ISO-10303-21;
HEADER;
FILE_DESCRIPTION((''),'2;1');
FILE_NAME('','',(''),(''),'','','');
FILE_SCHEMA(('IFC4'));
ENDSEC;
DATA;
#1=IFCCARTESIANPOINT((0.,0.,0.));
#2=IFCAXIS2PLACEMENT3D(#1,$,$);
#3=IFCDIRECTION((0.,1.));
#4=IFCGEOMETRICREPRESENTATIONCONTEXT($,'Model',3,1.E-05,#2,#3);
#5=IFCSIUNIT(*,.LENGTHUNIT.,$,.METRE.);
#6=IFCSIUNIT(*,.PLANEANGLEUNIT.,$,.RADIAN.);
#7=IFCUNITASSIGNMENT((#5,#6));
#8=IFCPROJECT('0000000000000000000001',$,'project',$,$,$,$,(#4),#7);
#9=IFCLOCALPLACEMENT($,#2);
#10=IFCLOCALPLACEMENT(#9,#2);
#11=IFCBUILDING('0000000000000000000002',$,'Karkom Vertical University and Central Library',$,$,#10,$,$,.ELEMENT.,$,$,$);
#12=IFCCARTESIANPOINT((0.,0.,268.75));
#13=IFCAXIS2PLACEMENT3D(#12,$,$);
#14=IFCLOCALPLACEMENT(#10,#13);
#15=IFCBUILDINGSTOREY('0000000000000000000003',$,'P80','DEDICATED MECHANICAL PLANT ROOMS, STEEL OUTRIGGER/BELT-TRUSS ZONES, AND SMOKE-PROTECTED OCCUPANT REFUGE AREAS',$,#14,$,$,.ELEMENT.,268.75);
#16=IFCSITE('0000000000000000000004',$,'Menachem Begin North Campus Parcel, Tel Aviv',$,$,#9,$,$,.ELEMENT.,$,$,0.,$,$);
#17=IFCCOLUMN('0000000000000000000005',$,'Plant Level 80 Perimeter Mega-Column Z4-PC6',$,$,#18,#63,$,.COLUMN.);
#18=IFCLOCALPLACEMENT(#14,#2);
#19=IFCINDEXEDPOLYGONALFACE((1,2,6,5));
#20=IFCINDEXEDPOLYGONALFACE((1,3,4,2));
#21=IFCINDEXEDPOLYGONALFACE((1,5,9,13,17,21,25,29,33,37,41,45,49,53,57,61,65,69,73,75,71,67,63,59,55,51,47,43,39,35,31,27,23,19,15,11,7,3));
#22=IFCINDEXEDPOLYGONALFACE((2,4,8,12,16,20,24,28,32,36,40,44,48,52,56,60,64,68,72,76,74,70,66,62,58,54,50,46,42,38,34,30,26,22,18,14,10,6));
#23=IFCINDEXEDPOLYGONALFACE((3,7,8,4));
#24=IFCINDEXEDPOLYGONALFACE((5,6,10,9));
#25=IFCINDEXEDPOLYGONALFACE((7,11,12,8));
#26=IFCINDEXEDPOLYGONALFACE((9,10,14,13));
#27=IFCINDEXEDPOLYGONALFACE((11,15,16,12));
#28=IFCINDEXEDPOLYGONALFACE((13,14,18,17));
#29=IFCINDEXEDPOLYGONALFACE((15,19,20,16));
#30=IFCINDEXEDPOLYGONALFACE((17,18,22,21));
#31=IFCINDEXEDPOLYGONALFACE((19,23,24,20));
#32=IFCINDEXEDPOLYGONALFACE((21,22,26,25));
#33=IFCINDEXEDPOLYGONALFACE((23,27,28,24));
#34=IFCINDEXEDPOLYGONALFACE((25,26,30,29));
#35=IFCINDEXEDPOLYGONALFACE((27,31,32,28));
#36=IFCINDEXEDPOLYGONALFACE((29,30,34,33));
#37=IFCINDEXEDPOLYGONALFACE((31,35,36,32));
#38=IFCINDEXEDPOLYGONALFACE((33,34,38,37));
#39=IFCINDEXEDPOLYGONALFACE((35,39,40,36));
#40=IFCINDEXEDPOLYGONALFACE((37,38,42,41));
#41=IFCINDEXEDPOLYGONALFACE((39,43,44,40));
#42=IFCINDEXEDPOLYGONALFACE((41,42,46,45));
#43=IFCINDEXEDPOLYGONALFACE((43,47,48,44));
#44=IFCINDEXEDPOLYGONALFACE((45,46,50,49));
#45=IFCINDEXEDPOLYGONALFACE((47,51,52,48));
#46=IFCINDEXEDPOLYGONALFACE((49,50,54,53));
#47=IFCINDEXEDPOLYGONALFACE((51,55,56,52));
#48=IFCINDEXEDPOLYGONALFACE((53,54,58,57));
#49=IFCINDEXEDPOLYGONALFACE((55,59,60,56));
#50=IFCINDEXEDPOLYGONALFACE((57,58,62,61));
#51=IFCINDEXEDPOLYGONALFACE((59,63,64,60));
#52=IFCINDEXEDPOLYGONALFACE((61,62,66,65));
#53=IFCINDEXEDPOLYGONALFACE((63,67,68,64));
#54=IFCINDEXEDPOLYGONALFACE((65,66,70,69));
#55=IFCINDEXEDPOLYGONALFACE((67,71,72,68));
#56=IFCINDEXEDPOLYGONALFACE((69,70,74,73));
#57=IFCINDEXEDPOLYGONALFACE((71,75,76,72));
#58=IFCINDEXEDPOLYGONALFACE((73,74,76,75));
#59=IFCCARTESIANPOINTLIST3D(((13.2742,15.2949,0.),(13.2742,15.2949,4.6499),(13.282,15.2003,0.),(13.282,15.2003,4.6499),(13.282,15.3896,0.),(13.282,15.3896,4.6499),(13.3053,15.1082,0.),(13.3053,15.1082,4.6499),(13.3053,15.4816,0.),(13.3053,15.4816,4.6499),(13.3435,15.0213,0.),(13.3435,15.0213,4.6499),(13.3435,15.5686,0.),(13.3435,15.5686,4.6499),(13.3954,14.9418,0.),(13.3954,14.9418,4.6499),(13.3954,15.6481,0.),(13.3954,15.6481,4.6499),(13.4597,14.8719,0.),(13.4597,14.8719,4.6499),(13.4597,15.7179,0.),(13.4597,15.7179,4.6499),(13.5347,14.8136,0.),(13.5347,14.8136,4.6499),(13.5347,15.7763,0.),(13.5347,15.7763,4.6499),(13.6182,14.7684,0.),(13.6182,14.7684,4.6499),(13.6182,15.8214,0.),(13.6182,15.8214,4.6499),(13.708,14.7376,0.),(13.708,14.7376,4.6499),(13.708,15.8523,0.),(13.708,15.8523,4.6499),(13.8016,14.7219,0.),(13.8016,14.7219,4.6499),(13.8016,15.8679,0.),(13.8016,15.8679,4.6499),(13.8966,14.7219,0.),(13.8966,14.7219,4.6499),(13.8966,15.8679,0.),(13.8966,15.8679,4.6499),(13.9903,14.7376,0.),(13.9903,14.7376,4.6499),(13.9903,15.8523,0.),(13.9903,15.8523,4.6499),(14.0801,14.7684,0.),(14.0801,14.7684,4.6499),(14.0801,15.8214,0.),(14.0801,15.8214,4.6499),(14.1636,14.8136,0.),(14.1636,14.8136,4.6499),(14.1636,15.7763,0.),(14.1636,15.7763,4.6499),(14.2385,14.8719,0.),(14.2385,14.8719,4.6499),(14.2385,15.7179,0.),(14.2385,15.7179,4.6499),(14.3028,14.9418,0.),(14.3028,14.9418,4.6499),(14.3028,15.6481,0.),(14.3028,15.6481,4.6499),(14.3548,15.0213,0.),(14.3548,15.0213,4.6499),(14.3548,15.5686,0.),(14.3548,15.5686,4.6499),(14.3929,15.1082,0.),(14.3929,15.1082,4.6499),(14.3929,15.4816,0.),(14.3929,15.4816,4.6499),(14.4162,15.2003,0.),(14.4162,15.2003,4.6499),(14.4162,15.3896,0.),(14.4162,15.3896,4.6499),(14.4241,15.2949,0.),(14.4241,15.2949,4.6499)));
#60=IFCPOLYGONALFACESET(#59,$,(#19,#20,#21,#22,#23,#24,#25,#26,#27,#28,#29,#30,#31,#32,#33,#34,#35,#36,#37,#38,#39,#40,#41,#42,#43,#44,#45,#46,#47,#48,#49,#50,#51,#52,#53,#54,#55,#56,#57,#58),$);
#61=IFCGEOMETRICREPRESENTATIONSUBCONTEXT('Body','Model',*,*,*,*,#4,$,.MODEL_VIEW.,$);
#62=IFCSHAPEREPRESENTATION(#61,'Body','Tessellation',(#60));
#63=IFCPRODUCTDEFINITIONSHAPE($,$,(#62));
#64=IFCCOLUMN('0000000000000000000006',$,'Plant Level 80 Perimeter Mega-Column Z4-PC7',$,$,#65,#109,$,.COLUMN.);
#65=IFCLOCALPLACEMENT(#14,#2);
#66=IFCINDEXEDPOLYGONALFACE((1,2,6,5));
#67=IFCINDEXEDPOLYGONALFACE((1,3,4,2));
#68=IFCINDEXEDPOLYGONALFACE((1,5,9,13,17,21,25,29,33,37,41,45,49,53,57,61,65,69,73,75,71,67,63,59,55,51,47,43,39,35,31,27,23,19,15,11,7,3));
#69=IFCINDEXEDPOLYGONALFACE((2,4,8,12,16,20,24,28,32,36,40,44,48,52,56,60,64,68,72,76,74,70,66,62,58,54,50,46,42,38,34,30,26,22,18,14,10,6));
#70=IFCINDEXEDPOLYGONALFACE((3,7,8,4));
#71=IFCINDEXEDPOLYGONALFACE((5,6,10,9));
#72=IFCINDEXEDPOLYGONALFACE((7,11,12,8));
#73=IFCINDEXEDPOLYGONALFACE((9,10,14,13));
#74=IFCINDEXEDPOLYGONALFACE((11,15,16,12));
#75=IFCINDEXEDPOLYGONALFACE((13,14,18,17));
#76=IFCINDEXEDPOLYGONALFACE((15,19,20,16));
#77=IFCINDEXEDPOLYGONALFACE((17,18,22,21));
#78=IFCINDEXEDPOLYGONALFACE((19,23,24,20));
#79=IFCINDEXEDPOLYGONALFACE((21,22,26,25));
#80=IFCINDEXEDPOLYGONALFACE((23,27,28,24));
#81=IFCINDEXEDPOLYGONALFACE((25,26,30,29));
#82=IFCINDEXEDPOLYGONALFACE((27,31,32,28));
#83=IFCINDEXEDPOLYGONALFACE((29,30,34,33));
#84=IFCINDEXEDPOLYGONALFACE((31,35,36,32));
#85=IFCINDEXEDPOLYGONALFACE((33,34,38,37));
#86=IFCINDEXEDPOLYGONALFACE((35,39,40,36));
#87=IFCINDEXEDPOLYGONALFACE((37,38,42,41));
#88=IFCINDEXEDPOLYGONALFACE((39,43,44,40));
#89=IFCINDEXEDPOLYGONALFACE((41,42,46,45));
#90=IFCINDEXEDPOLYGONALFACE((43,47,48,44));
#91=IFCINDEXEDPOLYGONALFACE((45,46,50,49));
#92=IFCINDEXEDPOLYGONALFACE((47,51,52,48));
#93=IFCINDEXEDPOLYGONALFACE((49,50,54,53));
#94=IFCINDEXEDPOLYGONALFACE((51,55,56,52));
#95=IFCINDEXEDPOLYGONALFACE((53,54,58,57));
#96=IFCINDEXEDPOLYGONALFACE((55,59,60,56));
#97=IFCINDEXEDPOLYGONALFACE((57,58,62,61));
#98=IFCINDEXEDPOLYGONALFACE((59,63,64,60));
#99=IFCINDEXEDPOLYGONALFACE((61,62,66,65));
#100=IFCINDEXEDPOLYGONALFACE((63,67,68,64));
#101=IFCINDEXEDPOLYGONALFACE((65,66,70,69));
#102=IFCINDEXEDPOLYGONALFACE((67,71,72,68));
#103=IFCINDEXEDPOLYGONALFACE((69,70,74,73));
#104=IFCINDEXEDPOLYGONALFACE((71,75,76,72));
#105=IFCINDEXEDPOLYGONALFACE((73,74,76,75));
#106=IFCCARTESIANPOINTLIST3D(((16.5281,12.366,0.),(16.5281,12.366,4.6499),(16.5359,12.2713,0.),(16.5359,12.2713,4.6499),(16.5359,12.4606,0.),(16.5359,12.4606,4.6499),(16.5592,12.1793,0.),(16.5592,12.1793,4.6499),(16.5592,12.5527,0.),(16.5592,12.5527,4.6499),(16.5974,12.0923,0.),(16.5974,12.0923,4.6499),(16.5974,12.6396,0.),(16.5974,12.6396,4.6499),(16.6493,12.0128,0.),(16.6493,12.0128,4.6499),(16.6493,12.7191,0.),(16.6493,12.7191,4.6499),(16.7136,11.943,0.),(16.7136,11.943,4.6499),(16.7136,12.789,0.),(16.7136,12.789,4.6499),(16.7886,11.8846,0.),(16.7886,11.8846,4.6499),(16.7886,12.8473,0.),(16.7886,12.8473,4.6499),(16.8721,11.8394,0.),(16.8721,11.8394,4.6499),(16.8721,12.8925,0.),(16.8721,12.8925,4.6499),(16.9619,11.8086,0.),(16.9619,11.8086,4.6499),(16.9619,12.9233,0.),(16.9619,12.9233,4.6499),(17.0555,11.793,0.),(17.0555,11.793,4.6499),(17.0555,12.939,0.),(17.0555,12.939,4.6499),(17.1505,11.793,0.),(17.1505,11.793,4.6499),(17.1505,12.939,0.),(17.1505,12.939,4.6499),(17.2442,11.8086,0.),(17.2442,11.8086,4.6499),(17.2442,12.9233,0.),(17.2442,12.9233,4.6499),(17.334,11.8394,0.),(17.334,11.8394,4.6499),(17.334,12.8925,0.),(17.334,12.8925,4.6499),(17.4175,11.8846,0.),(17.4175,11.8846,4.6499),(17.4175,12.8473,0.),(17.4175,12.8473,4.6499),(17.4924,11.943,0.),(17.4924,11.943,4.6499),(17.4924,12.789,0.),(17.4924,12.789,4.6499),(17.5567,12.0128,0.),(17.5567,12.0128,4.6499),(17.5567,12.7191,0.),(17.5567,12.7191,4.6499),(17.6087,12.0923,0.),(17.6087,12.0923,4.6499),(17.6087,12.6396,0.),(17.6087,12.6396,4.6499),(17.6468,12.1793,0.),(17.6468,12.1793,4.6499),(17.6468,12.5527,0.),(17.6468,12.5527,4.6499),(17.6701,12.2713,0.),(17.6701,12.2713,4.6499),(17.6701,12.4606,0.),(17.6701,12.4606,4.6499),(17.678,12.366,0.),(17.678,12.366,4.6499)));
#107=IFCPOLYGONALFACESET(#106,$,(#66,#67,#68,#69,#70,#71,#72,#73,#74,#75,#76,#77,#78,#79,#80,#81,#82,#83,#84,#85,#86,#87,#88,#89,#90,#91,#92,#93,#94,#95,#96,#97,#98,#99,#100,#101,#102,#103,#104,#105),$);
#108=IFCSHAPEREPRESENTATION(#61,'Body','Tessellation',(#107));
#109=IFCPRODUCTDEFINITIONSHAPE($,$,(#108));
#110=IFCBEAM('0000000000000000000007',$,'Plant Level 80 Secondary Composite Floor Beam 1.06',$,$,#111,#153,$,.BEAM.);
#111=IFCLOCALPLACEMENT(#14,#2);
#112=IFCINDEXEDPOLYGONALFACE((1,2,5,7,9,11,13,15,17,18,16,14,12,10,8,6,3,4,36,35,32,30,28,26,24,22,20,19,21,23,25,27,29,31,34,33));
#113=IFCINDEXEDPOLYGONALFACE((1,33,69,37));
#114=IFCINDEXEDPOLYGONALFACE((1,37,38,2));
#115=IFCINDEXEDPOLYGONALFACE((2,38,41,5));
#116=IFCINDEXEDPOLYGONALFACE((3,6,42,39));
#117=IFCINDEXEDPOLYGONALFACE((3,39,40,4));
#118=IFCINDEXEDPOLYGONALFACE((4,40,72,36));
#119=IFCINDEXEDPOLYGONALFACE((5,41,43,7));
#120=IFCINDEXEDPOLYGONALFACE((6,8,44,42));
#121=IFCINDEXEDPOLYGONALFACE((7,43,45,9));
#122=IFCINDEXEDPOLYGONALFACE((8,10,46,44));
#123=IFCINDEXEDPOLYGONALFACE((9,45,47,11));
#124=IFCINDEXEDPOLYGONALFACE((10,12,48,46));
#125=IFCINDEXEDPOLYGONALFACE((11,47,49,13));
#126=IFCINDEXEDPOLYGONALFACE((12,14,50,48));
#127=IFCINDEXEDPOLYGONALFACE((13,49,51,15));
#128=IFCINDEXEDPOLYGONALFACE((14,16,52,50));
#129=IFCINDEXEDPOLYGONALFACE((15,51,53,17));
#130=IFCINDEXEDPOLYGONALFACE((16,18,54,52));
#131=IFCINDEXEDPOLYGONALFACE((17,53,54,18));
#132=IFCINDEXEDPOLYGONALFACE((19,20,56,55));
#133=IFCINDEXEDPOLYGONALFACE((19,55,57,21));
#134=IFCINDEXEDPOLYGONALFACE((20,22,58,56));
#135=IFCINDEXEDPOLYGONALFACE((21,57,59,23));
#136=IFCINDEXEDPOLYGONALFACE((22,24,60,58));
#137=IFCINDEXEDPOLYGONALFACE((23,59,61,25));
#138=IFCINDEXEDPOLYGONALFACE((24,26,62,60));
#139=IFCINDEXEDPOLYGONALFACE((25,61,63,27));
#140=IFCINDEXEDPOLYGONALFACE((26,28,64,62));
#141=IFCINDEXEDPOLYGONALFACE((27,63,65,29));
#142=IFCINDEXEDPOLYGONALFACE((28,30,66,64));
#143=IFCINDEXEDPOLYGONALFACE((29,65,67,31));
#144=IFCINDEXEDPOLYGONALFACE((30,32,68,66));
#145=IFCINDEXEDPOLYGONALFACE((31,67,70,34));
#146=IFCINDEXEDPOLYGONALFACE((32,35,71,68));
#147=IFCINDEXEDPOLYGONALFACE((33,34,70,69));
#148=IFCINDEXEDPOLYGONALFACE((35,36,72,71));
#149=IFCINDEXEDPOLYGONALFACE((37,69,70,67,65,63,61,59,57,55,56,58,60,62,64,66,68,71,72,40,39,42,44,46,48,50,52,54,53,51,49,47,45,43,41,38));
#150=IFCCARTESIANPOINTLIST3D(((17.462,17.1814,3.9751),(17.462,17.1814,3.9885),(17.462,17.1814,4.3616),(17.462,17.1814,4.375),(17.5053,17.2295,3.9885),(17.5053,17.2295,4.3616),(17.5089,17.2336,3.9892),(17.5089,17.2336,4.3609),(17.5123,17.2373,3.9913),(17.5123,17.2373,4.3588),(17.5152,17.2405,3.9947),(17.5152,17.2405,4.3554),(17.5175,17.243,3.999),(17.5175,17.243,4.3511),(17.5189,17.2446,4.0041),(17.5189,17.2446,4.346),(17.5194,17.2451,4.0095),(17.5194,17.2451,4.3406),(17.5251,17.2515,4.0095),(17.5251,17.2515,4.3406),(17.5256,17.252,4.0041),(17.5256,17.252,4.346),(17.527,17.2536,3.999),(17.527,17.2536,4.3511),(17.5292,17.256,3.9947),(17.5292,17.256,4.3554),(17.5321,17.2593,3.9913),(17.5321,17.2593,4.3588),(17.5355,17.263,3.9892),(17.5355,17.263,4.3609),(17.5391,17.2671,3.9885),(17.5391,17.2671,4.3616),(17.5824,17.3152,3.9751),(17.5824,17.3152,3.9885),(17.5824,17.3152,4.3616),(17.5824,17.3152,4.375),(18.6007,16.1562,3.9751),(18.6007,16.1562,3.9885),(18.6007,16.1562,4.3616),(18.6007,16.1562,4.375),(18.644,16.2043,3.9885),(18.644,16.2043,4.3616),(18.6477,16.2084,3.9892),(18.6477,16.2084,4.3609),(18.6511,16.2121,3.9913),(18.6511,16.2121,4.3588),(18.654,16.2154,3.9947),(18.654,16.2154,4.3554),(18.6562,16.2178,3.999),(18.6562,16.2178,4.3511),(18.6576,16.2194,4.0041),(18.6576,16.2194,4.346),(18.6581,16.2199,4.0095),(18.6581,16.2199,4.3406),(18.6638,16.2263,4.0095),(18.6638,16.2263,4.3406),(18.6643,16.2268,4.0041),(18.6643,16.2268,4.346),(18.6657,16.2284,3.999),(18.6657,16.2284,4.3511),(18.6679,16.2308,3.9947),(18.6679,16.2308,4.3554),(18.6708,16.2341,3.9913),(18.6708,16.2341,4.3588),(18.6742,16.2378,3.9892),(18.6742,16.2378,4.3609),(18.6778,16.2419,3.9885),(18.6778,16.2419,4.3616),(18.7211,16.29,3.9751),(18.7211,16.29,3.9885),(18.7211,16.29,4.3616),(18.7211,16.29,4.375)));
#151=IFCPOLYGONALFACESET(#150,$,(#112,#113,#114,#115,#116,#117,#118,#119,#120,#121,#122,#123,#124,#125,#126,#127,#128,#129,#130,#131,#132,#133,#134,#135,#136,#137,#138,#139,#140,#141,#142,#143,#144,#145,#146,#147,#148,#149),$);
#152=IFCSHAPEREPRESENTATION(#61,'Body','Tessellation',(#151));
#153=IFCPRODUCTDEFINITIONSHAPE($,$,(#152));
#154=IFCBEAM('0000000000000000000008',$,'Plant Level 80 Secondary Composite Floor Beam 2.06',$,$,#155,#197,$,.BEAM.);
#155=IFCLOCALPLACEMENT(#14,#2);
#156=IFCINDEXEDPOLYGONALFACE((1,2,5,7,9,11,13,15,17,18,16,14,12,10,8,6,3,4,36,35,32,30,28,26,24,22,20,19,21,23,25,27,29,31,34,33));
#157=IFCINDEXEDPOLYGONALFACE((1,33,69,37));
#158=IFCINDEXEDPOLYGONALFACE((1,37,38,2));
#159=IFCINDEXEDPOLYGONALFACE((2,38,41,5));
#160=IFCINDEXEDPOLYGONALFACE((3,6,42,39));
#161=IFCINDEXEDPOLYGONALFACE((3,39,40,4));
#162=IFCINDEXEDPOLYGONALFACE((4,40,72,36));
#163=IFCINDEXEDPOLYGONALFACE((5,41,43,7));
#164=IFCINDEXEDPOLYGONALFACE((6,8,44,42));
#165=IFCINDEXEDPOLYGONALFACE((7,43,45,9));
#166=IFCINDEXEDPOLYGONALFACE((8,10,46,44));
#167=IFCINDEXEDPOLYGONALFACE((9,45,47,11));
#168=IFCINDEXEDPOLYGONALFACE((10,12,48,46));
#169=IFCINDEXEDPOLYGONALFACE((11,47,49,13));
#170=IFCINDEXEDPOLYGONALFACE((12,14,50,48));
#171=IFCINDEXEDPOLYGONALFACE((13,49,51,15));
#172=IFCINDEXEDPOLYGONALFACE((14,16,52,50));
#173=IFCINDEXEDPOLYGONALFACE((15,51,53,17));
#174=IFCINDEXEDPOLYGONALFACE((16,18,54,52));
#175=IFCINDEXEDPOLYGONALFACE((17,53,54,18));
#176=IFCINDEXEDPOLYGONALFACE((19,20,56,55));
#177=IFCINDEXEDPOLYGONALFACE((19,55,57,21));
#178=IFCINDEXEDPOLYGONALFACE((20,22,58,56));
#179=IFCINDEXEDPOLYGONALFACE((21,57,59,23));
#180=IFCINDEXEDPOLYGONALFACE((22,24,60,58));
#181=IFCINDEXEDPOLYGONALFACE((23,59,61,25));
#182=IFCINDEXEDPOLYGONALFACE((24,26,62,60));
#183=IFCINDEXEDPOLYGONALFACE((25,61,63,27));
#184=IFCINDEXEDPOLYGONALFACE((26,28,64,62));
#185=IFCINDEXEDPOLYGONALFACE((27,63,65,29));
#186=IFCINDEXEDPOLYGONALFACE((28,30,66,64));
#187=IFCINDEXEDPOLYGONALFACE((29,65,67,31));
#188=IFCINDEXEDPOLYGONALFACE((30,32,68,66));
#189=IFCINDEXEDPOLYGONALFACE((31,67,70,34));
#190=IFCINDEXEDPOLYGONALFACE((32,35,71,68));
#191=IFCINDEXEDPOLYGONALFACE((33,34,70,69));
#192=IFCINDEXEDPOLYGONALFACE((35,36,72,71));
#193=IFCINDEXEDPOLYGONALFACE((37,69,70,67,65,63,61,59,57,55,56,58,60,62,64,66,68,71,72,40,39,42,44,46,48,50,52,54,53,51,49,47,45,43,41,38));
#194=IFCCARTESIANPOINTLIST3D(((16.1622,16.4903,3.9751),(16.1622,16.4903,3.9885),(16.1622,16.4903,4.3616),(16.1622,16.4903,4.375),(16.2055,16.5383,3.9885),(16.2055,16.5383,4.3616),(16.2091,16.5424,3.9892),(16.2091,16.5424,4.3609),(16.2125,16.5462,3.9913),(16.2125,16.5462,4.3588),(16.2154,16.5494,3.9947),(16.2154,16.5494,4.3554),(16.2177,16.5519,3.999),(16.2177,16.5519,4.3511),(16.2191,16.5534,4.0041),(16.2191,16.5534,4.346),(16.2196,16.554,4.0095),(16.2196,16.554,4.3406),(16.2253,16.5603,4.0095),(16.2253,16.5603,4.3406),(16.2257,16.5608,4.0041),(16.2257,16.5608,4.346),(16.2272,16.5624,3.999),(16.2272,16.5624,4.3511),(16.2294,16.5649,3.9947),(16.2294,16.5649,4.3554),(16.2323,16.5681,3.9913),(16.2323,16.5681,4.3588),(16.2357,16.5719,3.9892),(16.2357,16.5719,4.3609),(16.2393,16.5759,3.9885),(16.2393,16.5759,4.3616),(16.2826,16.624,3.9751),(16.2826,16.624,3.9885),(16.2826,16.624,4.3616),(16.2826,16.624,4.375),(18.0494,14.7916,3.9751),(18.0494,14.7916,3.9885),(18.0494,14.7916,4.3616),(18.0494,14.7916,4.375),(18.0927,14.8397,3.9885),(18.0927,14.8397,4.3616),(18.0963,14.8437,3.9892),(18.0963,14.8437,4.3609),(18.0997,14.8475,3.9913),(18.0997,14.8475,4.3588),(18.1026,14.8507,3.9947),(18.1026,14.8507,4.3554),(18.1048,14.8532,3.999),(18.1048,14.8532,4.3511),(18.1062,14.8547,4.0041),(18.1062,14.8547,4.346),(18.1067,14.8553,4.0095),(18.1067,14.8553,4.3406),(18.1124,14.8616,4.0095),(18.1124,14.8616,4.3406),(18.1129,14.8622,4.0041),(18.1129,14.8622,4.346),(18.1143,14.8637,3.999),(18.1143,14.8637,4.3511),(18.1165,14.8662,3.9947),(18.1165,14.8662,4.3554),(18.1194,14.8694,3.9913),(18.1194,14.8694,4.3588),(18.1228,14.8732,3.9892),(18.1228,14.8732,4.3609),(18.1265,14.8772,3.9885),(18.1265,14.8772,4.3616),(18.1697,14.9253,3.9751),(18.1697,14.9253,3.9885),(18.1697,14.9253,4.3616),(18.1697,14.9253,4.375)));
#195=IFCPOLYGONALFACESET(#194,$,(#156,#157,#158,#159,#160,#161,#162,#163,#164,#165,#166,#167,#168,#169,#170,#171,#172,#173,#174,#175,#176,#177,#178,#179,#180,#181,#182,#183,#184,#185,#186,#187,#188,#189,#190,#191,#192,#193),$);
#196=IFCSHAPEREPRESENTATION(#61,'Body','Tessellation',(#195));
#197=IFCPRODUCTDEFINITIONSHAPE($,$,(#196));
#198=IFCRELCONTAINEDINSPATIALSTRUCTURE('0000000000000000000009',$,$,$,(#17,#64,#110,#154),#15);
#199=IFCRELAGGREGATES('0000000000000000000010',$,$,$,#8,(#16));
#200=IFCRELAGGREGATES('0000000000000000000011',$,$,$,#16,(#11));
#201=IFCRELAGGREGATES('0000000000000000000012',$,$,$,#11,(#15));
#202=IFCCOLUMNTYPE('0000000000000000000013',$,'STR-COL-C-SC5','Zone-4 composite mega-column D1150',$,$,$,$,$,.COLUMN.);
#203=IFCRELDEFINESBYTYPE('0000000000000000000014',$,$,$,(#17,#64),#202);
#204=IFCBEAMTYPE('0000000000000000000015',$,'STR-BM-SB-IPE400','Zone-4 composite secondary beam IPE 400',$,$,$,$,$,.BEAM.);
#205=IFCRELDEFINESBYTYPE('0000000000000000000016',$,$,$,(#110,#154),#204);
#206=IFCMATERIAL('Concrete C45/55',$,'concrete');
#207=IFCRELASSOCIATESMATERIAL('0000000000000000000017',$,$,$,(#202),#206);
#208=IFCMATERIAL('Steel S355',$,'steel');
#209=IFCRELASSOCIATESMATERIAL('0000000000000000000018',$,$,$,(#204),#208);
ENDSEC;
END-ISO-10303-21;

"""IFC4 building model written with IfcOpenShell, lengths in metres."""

from ifc_helpers import new_model, si_unit, direction, frame, origin, origin_with_axes, origin_2d, place, context, subcontext, project, spatial, circle, i_section, extrude, source, transform, mapped, material, material_profile, profile_set, type_object, element, save


model = new_model("IFC4")

# Units and contexts
model_context = context("Model", 3, precision=1e-05, world=origin(), true_north=direction((0.0, 1.0)))
body_context = subcontext(model_context, "Body", "Model", "MODEL_VIEW")
ifc_project = project(units=[si_unit("LENGTHUNIT", "METRE"), si_unit("PLANEANGLEUNIT", "RADIAN")], contexts=[model_context])

# Site, building, storey
site_placement = place(None, origin())
site = spatial("IfcSite", under=ifc_project, at=site_placement, Name="Menachem Begin North Campus Parcel, Tel Aviv", CompositionType="ELEMENT", RefElevation=0.0)
building_placement = place(site_placement, origin())
building = spatial("IfcBuilding", under=site, at=building_placement, Name="Karkom Vertical University and Central Library", CompositionType="ELEMENT")
storey_placement = place(building_placement, frame((0.0, 0.0, 268.75)))
storey = spatial("IfcBuildingStorey", under=building, at=storey_placement, Name="P80", Description="DEDICATED MECHANICAL PLANT ROOMS, STEEL OUTRIGGER/BELT-TRUSS ZONES, AND SMOKE-PROTECTED OCCUPANT REFUGE AREAS", CompositionType="ELEMENT", Elevation=268.75)

# Columns
ifc_material_1 = material(Name="Concrete C45/55", Category="concrete")
ifc_material_profile_1 = material_profile(ifc_material_1, circle(Radius=0.575, at=origin_2d()), Name="CFT-D1150")
ifc_profile_set_1 = profile_set([ifc_material_profile_1], Name="Concrete C45/55")
column_type = type_object("IfcColumnType", Name="STR-COL-C-SC5", Description="Zone-4 composite mega-column D1150", PredefinedType="COLUMN", material=ifc_profile_set_1)
shared_shape_1 = source(origin_with_axes(), body_context, "Body", "SweptSolid", [
    extrude(circle(Radius=0.575, at=origin_2d()), origin(), (0.0, 0.0, 1.0), 4.6499),
])
for number, where, z_axis, x_axis, name in (
    (1, (13.8491, 15.2949, 0.0), (0.0, 0.0, 1.0), (1.0, 0.0, 0.0), "Plant Level 80 Perimeter Mega-Column Z4-PC6"),
    (2, (17.103, 12.366, 0.0), (0.0, 0.0, 1.0), (1.0, 0.0, 0.0), "Plant Level 80 Perimeter Mega-Column Z4-PC7"),
):
    element("IfcColumn", number, at=place(storey_placement, frame(where, z_axis=z_axis, x_axis=x_axis)), inside=storey, type_object=column_type, Name=name, PredefinedType="COLUMN", context=body_context, shape_type="MappedRepresentation", body=[
        mapped(shared_shape_1, transform((0.0, 0.0, 0.0), scale=1.0)),
    ])

# Beams
ifc_material_2 = material(Name="Steel S355", Category="steel")
ifc_material_profile_2 = material_profile(ifc_material_2, i_section(OverallWidth=0.1799, OverallDepth=0.3999, WebThickness=0.0085, FlangeThickness=0.0134, FilletRadius=0.021, at=origin_2d()), Name="IPE 400")
ifc_profile_set_2 = profile_set([ifc_material_profile_2], Name="Steel S355")
beam_type_1 = type_object("IfcBeamType", Name="STR-BM-SB-IPE400", Description="Zone-4 composite secondary beam IPE 400", PredefinedType="BEAM", material=ifc_profile_set_2)
shared_shape_2 = source(origin_with_axes(), body_context, "Body", "SweptSolid", [
    extrude(i_section(OverallWidth=0.1799, OverallDepth=0.3999, WebThickness=0.0085, FlangeThickness=0.0134, FilletRadius=0.021, at=origin_2d()), origin(), (0.0, 0.0, 1.0), 1.5322),
])
beam_1_placement = place(storey_placement, frame((17.5222, 17.2483, 4.175), z_axis=(0.743183, -0.669088, 0.0), x_axis=(0.669088, 0.743183, 0.0)))
element("IfcBeam", 3, at=beam_1_placement, inside=storey, type_object=beam_type_1, Name="Plant Level 80 Secondary Composite Floor Beam 1.06", PredefinedType="BEAM", context=body_context, shape_type="MappedRepresentation", body=[
    mapped(shared_shape_2, transform((0.0, 0.0, 0.0), scale=1.0)),
])
shared_shape_3 = source(origin_with_axes(), body_context, "Body", "SweptSolid", [
    extrude(i_section(OverallWidth=0.1799, OverallDepth=0.3999, WebThickness=0.0085, FlangeThickness=0.0134, FilletRadius=0.021, at=origin_2d()), origin(), (0.0, 0.0, 1.0), 2.5391),
])
beam_2_placement = place(storey_placement, frame((16.2224, 16.5571, 4.175), z_axis=(0.743246, -0.669018, 0.0), x_axis=(0.669018, 0.743246, 0.0)))
element("IfcBeam", 4, at=beam_2_placement, inside=storey, type_object=beam_type_1, Name="Plant Level 80 Secondary Composite Floor Beam 2.06", PredefinedType="BEAM", context=body_context, shape_type="MappedRepresentation", body=[
    mapped(shared_shape_3, transform((0.0, 0.0, 0.0), scale=1.0)),
])

save(model, "model.ifc")
